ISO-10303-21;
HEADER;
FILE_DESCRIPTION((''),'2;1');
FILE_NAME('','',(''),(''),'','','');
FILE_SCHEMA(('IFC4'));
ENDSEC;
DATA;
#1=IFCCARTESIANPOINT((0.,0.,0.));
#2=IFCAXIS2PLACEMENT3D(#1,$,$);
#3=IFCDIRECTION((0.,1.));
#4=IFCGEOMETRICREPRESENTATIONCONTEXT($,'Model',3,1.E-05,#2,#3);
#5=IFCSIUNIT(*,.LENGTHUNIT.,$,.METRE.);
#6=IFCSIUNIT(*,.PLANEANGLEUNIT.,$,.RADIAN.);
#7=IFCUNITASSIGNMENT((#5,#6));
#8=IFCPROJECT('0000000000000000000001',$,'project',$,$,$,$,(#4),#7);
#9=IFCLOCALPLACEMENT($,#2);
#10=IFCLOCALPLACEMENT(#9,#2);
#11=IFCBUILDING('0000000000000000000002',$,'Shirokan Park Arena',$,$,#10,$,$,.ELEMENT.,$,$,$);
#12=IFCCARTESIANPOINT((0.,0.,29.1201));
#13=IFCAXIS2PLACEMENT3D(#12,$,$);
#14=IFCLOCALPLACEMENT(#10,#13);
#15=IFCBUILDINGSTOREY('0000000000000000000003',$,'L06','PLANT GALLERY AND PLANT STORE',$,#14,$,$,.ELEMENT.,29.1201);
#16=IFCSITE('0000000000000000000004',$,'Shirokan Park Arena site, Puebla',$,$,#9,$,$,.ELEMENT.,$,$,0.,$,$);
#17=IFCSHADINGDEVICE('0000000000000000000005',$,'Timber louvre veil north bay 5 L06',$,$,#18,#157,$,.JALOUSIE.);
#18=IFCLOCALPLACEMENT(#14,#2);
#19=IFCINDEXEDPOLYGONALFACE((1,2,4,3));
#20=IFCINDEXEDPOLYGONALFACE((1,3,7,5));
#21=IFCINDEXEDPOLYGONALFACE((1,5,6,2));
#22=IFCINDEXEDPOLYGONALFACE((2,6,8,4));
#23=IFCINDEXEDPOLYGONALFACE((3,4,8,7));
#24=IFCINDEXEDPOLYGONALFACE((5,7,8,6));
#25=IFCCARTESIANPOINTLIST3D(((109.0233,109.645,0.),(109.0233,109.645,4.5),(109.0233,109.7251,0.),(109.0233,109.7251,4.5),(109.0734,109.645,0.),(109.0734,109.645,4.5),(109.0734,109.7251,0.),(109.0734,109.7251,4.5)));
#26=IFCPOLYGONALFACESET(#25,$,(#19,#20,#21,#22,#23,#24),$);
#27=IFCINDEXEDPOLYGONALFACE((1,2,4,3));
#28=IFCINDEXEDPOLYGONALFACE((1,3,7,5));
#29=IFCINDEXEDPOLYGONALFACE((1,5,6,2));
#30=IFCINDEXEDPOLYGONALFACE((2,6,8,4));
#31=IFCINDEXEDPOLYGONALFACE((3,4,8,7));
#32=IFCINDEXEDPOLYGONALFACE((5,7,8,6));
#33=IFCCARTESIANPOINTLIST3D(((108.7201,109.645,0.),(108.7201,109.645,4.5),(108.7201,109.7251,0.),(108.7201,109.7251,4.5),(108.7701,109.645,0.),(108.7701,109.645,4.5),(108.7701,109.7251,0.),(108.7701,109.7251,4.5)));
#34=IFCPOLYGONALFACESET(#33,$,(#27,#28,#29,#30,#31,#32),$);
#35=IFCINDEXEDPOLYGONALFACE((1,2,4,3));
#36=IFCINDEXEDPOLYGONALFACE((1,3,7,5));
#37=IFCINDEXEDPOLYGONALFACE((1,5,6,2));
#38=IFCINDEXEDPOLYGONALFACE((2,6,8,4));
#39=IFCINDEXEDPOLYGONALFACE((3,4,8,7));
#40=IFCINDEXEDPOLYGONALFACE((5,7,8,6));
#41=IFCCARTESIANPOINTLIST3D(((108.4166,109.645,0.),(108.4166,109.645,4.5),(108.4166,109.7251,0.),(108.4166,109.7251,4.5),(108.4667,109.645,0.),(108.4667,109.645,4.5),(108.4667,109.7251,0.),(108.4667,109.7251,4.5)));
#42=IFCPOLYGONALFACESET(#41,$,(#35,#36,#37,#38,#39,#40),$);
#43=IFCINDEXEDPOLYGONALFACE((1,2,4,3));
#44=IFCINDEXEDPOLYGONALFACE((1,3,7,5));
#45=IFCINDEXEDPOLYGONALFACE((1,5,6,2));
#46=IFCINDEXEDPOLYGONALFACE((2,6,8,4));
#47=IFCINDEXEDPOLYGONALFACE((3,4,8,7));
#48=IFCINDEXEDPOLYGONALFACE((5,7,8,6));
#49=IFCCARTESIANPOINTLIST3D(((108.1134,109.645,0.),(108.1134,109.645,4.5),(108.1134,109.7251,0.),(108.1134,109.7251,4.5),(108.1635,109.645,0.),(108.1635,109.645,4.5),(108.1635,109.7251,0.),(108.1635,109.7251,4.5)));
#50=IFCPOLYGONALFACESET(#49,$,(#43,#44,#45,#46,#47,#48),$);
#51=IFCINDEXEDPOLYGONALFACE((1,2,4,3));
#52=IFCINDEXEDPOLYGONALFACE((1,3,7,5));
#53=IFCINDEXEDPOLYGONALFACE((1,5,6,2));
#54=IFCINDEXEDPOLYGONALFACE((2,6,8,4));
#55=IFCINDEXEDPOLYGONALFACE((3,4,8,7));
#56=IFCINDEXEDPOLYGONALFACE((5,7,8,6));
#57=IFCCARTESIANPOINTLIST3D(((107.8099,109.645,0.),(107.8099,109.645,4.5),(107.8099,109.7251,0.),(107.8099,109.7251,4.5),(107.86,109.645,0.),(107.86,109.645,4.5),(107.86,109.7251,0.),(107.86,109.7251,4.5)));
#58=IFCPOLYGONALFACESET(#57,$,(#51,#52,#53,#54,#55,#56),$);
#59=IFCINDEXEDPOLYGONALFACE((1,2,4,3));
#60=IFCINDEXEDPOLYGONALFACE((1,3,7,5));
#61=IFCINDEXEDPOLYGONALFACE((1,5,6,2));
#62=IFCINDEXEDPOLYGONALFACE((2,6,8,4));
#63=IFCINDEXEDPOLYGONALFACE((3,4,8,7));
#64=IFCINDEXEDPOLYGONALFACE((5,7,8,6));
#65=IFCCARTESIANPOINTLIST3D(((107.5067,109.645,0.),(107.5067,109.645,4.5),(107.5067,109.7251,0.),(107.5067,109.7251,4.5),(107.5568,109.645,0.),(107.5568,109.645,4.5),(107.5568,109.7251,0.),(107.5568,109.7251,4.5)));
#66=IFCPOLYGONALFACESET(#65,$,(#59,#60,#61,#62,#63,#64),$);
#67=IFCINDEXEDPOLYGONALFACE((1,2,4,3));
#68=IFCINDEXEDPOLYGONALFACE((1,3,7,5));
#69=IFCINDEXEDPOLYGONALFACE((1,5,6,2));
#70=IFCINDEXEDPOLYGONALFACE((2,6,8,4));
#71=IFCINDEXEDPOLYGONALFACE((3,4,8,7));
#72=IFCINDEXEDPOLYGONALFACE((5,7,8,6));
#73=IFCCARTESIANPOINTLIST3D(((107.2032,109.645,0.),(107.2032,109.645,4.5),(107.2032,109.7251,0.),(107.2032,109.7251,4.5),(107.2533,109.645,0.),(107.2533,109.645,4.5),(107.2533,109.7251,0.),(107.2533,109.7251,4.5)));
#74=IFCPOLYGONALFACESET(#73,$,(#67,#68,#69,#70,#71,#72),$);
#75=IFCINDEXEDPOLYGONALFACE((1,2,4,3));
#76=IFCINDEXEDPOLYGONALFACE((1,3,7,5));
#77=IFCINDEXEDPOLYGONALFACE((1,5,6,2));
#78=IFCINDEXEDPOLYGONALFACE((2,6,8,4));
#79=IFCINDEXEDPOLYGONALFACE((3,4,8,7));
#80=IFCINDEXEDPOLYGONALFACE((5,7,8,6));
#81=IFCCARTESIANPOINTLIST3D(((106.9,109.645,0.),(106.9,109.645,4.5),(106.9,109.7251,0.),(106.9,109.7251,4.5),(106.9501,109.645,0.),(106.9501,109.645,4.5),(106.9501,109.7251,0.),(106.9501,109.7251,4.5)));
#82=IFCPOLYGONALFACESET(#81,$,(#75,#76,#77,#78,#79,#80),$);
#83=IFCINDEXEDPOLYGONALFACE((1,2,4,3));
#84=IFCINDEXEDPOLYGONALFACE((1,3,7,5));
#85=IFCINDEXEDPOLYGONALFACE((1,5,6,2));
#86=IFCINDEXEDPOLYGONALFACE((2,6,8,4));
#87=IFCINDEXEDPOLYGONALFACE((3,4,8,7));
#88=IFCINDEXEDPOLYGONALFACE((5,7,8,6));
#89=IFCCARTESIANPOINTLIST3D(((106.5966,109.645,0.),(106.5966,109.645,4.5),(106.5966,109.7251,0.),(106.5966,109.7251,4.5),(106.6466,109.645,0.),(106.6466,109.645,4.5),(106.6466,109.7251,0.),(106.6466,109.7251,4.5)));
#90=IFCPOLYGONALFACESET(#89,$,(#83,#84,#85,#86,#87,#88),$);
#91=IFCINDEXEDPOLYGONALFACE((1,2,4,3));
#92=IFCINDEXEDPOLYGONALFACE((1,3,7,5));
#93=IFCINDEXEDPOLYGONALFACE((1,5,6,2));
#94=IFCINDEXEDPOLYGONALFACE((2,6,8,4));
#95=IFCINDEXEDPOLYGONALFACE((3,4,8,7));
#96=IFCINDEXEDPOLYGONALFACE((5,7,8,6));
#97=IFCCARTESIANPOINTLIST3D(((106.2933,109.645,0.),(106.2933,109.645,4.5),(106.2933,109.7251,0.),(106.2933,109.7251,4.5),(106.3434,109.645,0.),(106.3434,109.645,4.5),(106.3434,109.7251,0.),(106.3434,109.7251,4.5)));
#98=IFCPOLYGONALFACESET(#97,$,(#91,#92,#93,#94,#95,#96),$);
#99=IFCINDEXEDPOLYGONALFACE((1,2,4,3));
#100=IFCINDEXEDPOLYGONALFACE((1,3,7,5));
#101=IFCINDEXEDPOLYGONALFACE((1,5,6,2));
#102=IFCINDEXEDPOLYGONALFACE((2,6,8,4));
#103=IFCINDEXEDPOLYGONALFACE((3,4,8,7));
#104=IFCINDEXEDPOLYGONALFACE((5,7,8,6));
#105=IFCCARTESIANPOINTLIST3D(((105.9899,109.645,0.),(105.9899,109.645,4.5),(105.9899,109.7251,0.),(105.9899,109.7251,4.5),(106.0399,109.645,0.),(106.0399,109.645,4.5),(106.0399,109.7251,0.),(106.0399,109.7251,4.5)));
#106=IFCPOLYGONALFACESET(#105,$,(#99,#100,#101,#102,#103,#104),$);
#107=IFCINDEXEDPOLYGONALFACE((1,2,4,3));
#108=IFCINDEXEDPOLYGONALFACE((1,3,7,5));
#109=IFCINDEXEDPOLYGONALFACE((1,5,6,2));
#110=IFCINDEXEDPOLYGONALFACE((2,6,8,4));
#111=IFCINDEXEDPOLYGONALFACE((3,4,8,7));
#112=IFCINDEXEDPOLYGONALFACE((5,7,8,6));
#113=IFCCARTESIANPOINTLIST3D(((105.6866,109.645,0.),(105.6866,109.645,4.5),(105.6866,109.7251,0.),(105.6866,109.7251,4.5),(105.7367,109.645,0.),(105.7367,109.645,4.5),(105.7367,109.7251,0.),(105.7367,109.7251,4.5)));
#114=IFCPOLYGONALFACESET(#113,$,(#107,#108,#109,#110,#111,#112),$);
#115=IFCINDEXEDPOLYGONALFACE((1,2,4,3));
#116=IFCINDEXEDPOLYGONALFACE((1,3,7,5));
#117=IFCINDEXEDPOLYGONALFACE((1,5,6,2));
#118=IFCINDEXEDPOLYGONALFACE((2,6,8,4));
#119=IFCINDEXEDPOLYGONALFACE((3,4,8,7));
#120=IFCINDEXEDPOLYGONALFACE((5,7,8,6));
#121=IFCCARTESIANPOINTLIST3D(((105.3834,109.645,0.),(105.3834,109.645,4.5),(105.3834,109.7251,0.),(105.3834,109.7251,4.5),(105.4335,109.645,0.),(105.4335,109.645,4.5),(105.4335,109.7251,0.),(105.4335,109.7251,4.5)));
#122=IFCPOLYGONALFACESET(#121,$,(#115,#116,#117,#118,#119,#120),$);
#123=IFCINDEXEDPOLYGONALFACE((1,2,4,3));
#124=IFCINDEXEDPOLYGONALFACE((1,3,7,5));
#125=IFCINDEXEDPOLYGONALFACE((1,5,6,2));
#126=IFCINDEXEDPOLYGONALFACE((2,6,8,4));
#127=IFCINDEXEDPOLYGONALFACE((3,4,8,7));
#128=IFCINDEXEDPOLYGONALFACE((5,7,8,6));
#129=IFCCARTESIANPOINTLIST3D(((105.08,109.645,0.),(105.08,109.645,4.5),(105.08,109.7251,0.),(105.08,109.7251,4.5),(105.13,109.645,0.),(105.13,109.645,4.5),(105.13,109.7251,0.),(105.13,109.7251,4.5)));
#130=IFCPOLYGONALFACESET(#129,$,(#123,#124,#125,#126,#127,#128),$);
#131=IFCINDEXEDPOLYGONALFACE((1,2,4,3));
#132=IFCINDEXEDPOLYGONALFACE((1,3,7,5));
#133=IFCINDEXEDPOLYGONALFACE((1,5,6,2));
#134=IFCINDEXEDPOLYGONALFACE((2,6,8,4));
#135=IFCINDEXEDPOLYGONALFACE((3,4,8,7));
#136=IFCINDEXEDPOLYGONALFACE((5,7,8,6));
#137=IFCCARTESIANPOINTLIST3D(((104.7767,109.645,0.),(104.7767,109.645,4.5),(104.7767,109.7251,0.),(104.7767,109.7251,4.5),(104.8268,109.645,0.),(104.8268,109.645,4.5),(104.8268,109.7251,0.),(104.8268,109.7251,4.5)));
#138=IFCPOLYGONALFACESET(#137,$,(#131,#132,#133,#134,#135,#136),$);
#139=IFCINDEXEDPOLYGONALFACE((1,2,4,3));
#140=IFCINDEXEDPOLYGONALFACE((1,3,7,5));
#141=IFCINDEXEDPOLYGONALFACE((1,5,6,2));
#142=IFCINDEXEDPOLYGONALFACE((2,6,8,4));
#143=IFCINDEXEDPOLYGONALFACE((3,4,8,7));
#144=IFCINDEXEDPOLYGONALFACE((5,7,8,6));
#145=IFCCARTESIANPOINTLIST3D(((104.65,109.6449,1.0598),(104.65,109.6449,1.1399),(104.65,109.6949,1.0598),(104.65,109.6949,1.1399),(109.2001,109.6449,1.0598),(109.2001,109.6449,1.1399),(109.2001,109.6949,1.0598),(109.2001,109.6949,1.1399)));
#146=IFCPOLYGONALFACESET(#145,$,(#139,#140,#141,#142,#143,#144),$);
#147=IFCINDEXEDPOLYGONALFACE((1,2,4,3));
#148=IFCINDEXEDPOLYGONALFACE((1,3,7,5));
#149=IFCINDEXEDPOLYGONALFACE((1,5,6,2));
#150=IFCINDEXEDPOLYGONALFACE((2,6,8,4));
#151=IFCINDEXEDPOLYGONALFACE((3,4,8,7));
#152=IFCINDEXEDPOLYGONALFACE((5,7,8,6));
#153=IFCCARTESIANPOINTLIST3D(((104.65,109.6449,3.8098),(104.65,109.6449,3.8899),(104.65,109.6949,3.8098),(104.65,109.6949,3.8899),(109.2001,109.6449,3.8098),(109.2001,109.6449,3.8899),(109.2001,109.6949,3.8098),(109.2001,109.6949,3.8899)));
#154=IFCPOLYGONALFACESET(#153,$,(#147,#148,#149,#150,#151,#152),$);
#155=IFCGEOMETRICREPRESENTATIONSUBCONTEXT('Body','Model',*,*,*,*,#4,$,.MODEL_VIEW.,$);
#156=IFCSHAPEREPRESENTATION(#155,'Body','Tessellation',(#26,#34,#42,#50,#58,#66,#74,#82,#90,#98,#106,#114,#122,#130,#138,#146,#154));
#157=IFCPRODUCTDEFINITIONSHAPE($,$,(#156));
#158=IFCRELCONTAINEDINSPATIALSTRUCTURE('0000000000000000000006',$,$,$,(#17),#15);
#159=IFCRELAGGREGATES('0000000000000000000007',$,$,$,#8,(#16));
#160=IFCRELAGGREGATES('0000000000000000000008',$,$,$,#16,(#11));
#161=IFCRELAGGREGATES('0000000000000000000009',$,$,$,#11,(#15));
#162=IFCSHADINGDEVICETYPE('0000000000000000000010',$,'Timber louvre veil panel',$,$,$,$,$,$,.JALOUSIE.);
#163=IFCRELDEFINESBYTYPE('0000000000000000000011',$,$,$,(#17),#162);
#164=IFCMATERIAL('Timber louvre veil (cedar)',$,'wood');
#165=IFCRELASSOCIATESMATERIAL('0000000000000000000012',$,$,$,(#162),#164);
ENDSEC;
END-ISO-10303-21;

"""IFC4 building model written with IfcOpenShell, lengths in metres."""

from ifc_helpers import new_model, si_unit, direction, frame, origin, origin_2d, place, context, subcontext, project, spatial, rectangle, extrude, material, type_object, element, save


model = new_model("IFC4")

# Units and contexts
model_context = context("Model", 3, precision=1e-05, world=origin(), true_north=direction((0.0, 1.0)))
body_context = subcontext(model_context, "Body", "Model", "MODEL_VIEW")
ifc_project = project(units=[si_unit("LENGTHUNIT", "METRE"), si_unit("PLANEANGLEUNIT", "RADIAN")], contexts=[model_context])

# Site, building, storey
site_placement = place(None, origin())
site = spatial("IfcSite", under=ifc_project, at=site_placement, Name="Shirokan Park Arena site, Puebla", CompositionType="ELEMENT", RefElevation=0.0)
building_placement = place(site_placement, origin())
building = spatial("IfcBuilding", under=site, at=building_placement, Name="Shirokan Park Arena", CompositionType="ELEMENT")
storey_placement = place(building_placement, frame((0.0, 0.0, 29.1201)))
storey = spatial("IfcBuildingStorey", under=building, at=storey_placement, Name="L06", Description="PLANT GALLERY AND PLANT STORE", CompositionType="ELEMENT", Elevation=29.1201)

# Shading device
ifc_material_1 = material(Name="Timber louvre veil (cedar)", Category="wood")
shading_device_type = type_object("IfcShadingDeviceType", Name="Timber louvre veil panel", PredefinedType="JALOUSIE", material=ifc_material_1)
shading_device_1_placement = place(storey_placement, origin())
element("IfcShadingDevice", 1, at=shading_device_1_placement, inside=storey, type_object=shading_device_type, Name="Timber louvre veil north bay 5 L06", PredefinedType="JALOUSIE", context=body_context, shape_type="SweptSolid", body=[
    extrude(rectangle(XDim=0.05, YDim=0.0801, at=origin_2d()), frame((109.0483, 109.6851, 0.0), z_axis=(0.0, 0.0, 1.0), x_axis=(-1.0, 0.0, 0.0)), (0.0, 0.0, 1.0), 4.5),
    extrude(rectangle(XDim=0.05, YDim=0.0801, at=origin_2d()), frame((108.7451, 109.6851, 0.0), z_axis=(0.0, 0.0, 1.0), x_axis=(-1.0, 0.0, 0.0)), (0.0, 0.0, 1.0), 4.5),
    extrude(rectangle(XDim=0.05, YDim=0.0801, at=origin_2d()), frame((108.4417, 109.6851, 0.0), z_axis=(0.0, 0.0, 1.0), x_axis=(-1.0, 0.0, 0.0)), (0.0, 0.0, 1.0), 4.5),
    extrude(rectangle(XDim=0.05, YDim=0.0801, at=origin_2d()), frame((108.1384, 109.6851, 0.0), z_axis=(0.0, 0.0, 1.0), x_axis=(-1.0, 0.0, 0.0)), (0.0, 0.0, 1.0), 4.5),
    extrude(rectangle(XDim=0.05, YDim=0.0801, at=origin_2d()), frame((107.835, 109.6851, 0.0), z_axis=(0.0, 0.0, 1.0), x_axis=(-1.0, 0.0, 0.0)), (0.0, 0.0, 1.0), 4.5),
    extrude(rectangle(XDim=0.05, YDim=0.0801, at=origin_2d()), frame((107.5317, 109.6851, 0.0), z_axis=(0.0, 0.0, 1.0), x_axis=(-1.0, 0.0, 0.0)), (0.0, 0.0, 1.0), 4.5),
    extrude(rectangle(XDim=0.05, YDim=0.0801, at=origin_2d()), frame((107.2283, 109.6851, 0.0), z_axis=(0.0, 0.0, 1.0), x_axis=(-1.0, 0.0, 0.0)), (0.0, 0.0, 1.0), 4.5),
    extrude(rectangle(XDim=0.05, YDim=0.0801, at=origin_2d()), frame((106.925, 109.6851, 0.0), z_axis=(0.0, 0.0, 1.0), x_axis=(-1.0, 0.0, 0.0)), (0.0, 0.0, 1.0), 4.5),
    extrude(rectangle(XDim=0.05, YDim=0.0801, at=origin_2d()), frame((106.6216, 109.6851, 0.0), z_axis=(0.0, 0.0, 1.0), x_axis=(-1.0, 0.0, 0.0)), (0.0, 0.0, 1.0), 4.5),
    extrude(rectangle(XDim=0.05, YDim=0.0801, at=origin_2d()), frame((106.3184, 109.6851, 0.0), z_axis=(0.0, 0.0, 1.0), x_axis=(-1.0, 0.0, 0.0)), (0.0, 0.0, 1.0), 4.5),
    extrude(rectangle(XDim=0.05, YDim=0.0801, at=origin_2d()), frame((106.0149, 109.6851, 0.0), z_axis=(0.0, 0.0, 1.0), x_axis=(-1.0, 0.0, 0.0)), (0.0, 0.0, 1.0), 4.5),
    extrude(rectangle(XDim=0.05, YDim=0.0801, at=origin_2d()), frame((105.7117, 109.6851, 0.0), z_axis=(0.0, 0.0, 1.0), x_axis=(-1.0, 0.0, 0.0)), (0.0, 0.0, 1.0), 4.5),
    extrude(rectangle(XDim=0.05, YDim=0.0801, at=origin_2d()), frame((105.4084, 109.6851, 0.0), z_axis=(0.0, 0.0, 1.0), x_axis=(-1.0, 0.0, 0.0)), (0.0, 0.0, 1.0), 4.5),
    extrude(rectangle(XDim=0.05, YDim=0.0801, at=origin_2d()), frame((105.105, 109.6851, 0.0), z_axis=(0.0, 0.0, 1.0), x_axis=(-1.0, 0.0, 0.0)), (0.0, 0.0, 1.0), 4.5),
    extrude(rectangle(XDim=0.05, YDim=0.0801, at=origin_2d()), frame((104.8018, 109.6851, 0.0), z_axis=(0.0, 0.0, 1.0), x_axis=(-1.0, 0.0, 0.0)), (0.0, 0.0, 1.0), 4.5),
    extrude(rectangle(XDim=4.55, YDim=0.05, at=origin_2d()), frame((106.925, 109.6699, 1.0598), z_axis=(0.0, 0.0, 1.0), x_axis=(-1.0, 0.0, 0.0)), (0.0, 0.0, 1.0), 0.0801),
    extrude(rectangle(XDim=4.55, YDim=0.05, at=origin_2d()), frame((106.925, 109.6699, 3.8098), z_axis=(0.0, 0.0, 1.0), x_axis=(-1.0, 0.0, 0.0)), (0.0, 0.0, 1.0), 0.0801),
])

save(model, "model.ifc")
